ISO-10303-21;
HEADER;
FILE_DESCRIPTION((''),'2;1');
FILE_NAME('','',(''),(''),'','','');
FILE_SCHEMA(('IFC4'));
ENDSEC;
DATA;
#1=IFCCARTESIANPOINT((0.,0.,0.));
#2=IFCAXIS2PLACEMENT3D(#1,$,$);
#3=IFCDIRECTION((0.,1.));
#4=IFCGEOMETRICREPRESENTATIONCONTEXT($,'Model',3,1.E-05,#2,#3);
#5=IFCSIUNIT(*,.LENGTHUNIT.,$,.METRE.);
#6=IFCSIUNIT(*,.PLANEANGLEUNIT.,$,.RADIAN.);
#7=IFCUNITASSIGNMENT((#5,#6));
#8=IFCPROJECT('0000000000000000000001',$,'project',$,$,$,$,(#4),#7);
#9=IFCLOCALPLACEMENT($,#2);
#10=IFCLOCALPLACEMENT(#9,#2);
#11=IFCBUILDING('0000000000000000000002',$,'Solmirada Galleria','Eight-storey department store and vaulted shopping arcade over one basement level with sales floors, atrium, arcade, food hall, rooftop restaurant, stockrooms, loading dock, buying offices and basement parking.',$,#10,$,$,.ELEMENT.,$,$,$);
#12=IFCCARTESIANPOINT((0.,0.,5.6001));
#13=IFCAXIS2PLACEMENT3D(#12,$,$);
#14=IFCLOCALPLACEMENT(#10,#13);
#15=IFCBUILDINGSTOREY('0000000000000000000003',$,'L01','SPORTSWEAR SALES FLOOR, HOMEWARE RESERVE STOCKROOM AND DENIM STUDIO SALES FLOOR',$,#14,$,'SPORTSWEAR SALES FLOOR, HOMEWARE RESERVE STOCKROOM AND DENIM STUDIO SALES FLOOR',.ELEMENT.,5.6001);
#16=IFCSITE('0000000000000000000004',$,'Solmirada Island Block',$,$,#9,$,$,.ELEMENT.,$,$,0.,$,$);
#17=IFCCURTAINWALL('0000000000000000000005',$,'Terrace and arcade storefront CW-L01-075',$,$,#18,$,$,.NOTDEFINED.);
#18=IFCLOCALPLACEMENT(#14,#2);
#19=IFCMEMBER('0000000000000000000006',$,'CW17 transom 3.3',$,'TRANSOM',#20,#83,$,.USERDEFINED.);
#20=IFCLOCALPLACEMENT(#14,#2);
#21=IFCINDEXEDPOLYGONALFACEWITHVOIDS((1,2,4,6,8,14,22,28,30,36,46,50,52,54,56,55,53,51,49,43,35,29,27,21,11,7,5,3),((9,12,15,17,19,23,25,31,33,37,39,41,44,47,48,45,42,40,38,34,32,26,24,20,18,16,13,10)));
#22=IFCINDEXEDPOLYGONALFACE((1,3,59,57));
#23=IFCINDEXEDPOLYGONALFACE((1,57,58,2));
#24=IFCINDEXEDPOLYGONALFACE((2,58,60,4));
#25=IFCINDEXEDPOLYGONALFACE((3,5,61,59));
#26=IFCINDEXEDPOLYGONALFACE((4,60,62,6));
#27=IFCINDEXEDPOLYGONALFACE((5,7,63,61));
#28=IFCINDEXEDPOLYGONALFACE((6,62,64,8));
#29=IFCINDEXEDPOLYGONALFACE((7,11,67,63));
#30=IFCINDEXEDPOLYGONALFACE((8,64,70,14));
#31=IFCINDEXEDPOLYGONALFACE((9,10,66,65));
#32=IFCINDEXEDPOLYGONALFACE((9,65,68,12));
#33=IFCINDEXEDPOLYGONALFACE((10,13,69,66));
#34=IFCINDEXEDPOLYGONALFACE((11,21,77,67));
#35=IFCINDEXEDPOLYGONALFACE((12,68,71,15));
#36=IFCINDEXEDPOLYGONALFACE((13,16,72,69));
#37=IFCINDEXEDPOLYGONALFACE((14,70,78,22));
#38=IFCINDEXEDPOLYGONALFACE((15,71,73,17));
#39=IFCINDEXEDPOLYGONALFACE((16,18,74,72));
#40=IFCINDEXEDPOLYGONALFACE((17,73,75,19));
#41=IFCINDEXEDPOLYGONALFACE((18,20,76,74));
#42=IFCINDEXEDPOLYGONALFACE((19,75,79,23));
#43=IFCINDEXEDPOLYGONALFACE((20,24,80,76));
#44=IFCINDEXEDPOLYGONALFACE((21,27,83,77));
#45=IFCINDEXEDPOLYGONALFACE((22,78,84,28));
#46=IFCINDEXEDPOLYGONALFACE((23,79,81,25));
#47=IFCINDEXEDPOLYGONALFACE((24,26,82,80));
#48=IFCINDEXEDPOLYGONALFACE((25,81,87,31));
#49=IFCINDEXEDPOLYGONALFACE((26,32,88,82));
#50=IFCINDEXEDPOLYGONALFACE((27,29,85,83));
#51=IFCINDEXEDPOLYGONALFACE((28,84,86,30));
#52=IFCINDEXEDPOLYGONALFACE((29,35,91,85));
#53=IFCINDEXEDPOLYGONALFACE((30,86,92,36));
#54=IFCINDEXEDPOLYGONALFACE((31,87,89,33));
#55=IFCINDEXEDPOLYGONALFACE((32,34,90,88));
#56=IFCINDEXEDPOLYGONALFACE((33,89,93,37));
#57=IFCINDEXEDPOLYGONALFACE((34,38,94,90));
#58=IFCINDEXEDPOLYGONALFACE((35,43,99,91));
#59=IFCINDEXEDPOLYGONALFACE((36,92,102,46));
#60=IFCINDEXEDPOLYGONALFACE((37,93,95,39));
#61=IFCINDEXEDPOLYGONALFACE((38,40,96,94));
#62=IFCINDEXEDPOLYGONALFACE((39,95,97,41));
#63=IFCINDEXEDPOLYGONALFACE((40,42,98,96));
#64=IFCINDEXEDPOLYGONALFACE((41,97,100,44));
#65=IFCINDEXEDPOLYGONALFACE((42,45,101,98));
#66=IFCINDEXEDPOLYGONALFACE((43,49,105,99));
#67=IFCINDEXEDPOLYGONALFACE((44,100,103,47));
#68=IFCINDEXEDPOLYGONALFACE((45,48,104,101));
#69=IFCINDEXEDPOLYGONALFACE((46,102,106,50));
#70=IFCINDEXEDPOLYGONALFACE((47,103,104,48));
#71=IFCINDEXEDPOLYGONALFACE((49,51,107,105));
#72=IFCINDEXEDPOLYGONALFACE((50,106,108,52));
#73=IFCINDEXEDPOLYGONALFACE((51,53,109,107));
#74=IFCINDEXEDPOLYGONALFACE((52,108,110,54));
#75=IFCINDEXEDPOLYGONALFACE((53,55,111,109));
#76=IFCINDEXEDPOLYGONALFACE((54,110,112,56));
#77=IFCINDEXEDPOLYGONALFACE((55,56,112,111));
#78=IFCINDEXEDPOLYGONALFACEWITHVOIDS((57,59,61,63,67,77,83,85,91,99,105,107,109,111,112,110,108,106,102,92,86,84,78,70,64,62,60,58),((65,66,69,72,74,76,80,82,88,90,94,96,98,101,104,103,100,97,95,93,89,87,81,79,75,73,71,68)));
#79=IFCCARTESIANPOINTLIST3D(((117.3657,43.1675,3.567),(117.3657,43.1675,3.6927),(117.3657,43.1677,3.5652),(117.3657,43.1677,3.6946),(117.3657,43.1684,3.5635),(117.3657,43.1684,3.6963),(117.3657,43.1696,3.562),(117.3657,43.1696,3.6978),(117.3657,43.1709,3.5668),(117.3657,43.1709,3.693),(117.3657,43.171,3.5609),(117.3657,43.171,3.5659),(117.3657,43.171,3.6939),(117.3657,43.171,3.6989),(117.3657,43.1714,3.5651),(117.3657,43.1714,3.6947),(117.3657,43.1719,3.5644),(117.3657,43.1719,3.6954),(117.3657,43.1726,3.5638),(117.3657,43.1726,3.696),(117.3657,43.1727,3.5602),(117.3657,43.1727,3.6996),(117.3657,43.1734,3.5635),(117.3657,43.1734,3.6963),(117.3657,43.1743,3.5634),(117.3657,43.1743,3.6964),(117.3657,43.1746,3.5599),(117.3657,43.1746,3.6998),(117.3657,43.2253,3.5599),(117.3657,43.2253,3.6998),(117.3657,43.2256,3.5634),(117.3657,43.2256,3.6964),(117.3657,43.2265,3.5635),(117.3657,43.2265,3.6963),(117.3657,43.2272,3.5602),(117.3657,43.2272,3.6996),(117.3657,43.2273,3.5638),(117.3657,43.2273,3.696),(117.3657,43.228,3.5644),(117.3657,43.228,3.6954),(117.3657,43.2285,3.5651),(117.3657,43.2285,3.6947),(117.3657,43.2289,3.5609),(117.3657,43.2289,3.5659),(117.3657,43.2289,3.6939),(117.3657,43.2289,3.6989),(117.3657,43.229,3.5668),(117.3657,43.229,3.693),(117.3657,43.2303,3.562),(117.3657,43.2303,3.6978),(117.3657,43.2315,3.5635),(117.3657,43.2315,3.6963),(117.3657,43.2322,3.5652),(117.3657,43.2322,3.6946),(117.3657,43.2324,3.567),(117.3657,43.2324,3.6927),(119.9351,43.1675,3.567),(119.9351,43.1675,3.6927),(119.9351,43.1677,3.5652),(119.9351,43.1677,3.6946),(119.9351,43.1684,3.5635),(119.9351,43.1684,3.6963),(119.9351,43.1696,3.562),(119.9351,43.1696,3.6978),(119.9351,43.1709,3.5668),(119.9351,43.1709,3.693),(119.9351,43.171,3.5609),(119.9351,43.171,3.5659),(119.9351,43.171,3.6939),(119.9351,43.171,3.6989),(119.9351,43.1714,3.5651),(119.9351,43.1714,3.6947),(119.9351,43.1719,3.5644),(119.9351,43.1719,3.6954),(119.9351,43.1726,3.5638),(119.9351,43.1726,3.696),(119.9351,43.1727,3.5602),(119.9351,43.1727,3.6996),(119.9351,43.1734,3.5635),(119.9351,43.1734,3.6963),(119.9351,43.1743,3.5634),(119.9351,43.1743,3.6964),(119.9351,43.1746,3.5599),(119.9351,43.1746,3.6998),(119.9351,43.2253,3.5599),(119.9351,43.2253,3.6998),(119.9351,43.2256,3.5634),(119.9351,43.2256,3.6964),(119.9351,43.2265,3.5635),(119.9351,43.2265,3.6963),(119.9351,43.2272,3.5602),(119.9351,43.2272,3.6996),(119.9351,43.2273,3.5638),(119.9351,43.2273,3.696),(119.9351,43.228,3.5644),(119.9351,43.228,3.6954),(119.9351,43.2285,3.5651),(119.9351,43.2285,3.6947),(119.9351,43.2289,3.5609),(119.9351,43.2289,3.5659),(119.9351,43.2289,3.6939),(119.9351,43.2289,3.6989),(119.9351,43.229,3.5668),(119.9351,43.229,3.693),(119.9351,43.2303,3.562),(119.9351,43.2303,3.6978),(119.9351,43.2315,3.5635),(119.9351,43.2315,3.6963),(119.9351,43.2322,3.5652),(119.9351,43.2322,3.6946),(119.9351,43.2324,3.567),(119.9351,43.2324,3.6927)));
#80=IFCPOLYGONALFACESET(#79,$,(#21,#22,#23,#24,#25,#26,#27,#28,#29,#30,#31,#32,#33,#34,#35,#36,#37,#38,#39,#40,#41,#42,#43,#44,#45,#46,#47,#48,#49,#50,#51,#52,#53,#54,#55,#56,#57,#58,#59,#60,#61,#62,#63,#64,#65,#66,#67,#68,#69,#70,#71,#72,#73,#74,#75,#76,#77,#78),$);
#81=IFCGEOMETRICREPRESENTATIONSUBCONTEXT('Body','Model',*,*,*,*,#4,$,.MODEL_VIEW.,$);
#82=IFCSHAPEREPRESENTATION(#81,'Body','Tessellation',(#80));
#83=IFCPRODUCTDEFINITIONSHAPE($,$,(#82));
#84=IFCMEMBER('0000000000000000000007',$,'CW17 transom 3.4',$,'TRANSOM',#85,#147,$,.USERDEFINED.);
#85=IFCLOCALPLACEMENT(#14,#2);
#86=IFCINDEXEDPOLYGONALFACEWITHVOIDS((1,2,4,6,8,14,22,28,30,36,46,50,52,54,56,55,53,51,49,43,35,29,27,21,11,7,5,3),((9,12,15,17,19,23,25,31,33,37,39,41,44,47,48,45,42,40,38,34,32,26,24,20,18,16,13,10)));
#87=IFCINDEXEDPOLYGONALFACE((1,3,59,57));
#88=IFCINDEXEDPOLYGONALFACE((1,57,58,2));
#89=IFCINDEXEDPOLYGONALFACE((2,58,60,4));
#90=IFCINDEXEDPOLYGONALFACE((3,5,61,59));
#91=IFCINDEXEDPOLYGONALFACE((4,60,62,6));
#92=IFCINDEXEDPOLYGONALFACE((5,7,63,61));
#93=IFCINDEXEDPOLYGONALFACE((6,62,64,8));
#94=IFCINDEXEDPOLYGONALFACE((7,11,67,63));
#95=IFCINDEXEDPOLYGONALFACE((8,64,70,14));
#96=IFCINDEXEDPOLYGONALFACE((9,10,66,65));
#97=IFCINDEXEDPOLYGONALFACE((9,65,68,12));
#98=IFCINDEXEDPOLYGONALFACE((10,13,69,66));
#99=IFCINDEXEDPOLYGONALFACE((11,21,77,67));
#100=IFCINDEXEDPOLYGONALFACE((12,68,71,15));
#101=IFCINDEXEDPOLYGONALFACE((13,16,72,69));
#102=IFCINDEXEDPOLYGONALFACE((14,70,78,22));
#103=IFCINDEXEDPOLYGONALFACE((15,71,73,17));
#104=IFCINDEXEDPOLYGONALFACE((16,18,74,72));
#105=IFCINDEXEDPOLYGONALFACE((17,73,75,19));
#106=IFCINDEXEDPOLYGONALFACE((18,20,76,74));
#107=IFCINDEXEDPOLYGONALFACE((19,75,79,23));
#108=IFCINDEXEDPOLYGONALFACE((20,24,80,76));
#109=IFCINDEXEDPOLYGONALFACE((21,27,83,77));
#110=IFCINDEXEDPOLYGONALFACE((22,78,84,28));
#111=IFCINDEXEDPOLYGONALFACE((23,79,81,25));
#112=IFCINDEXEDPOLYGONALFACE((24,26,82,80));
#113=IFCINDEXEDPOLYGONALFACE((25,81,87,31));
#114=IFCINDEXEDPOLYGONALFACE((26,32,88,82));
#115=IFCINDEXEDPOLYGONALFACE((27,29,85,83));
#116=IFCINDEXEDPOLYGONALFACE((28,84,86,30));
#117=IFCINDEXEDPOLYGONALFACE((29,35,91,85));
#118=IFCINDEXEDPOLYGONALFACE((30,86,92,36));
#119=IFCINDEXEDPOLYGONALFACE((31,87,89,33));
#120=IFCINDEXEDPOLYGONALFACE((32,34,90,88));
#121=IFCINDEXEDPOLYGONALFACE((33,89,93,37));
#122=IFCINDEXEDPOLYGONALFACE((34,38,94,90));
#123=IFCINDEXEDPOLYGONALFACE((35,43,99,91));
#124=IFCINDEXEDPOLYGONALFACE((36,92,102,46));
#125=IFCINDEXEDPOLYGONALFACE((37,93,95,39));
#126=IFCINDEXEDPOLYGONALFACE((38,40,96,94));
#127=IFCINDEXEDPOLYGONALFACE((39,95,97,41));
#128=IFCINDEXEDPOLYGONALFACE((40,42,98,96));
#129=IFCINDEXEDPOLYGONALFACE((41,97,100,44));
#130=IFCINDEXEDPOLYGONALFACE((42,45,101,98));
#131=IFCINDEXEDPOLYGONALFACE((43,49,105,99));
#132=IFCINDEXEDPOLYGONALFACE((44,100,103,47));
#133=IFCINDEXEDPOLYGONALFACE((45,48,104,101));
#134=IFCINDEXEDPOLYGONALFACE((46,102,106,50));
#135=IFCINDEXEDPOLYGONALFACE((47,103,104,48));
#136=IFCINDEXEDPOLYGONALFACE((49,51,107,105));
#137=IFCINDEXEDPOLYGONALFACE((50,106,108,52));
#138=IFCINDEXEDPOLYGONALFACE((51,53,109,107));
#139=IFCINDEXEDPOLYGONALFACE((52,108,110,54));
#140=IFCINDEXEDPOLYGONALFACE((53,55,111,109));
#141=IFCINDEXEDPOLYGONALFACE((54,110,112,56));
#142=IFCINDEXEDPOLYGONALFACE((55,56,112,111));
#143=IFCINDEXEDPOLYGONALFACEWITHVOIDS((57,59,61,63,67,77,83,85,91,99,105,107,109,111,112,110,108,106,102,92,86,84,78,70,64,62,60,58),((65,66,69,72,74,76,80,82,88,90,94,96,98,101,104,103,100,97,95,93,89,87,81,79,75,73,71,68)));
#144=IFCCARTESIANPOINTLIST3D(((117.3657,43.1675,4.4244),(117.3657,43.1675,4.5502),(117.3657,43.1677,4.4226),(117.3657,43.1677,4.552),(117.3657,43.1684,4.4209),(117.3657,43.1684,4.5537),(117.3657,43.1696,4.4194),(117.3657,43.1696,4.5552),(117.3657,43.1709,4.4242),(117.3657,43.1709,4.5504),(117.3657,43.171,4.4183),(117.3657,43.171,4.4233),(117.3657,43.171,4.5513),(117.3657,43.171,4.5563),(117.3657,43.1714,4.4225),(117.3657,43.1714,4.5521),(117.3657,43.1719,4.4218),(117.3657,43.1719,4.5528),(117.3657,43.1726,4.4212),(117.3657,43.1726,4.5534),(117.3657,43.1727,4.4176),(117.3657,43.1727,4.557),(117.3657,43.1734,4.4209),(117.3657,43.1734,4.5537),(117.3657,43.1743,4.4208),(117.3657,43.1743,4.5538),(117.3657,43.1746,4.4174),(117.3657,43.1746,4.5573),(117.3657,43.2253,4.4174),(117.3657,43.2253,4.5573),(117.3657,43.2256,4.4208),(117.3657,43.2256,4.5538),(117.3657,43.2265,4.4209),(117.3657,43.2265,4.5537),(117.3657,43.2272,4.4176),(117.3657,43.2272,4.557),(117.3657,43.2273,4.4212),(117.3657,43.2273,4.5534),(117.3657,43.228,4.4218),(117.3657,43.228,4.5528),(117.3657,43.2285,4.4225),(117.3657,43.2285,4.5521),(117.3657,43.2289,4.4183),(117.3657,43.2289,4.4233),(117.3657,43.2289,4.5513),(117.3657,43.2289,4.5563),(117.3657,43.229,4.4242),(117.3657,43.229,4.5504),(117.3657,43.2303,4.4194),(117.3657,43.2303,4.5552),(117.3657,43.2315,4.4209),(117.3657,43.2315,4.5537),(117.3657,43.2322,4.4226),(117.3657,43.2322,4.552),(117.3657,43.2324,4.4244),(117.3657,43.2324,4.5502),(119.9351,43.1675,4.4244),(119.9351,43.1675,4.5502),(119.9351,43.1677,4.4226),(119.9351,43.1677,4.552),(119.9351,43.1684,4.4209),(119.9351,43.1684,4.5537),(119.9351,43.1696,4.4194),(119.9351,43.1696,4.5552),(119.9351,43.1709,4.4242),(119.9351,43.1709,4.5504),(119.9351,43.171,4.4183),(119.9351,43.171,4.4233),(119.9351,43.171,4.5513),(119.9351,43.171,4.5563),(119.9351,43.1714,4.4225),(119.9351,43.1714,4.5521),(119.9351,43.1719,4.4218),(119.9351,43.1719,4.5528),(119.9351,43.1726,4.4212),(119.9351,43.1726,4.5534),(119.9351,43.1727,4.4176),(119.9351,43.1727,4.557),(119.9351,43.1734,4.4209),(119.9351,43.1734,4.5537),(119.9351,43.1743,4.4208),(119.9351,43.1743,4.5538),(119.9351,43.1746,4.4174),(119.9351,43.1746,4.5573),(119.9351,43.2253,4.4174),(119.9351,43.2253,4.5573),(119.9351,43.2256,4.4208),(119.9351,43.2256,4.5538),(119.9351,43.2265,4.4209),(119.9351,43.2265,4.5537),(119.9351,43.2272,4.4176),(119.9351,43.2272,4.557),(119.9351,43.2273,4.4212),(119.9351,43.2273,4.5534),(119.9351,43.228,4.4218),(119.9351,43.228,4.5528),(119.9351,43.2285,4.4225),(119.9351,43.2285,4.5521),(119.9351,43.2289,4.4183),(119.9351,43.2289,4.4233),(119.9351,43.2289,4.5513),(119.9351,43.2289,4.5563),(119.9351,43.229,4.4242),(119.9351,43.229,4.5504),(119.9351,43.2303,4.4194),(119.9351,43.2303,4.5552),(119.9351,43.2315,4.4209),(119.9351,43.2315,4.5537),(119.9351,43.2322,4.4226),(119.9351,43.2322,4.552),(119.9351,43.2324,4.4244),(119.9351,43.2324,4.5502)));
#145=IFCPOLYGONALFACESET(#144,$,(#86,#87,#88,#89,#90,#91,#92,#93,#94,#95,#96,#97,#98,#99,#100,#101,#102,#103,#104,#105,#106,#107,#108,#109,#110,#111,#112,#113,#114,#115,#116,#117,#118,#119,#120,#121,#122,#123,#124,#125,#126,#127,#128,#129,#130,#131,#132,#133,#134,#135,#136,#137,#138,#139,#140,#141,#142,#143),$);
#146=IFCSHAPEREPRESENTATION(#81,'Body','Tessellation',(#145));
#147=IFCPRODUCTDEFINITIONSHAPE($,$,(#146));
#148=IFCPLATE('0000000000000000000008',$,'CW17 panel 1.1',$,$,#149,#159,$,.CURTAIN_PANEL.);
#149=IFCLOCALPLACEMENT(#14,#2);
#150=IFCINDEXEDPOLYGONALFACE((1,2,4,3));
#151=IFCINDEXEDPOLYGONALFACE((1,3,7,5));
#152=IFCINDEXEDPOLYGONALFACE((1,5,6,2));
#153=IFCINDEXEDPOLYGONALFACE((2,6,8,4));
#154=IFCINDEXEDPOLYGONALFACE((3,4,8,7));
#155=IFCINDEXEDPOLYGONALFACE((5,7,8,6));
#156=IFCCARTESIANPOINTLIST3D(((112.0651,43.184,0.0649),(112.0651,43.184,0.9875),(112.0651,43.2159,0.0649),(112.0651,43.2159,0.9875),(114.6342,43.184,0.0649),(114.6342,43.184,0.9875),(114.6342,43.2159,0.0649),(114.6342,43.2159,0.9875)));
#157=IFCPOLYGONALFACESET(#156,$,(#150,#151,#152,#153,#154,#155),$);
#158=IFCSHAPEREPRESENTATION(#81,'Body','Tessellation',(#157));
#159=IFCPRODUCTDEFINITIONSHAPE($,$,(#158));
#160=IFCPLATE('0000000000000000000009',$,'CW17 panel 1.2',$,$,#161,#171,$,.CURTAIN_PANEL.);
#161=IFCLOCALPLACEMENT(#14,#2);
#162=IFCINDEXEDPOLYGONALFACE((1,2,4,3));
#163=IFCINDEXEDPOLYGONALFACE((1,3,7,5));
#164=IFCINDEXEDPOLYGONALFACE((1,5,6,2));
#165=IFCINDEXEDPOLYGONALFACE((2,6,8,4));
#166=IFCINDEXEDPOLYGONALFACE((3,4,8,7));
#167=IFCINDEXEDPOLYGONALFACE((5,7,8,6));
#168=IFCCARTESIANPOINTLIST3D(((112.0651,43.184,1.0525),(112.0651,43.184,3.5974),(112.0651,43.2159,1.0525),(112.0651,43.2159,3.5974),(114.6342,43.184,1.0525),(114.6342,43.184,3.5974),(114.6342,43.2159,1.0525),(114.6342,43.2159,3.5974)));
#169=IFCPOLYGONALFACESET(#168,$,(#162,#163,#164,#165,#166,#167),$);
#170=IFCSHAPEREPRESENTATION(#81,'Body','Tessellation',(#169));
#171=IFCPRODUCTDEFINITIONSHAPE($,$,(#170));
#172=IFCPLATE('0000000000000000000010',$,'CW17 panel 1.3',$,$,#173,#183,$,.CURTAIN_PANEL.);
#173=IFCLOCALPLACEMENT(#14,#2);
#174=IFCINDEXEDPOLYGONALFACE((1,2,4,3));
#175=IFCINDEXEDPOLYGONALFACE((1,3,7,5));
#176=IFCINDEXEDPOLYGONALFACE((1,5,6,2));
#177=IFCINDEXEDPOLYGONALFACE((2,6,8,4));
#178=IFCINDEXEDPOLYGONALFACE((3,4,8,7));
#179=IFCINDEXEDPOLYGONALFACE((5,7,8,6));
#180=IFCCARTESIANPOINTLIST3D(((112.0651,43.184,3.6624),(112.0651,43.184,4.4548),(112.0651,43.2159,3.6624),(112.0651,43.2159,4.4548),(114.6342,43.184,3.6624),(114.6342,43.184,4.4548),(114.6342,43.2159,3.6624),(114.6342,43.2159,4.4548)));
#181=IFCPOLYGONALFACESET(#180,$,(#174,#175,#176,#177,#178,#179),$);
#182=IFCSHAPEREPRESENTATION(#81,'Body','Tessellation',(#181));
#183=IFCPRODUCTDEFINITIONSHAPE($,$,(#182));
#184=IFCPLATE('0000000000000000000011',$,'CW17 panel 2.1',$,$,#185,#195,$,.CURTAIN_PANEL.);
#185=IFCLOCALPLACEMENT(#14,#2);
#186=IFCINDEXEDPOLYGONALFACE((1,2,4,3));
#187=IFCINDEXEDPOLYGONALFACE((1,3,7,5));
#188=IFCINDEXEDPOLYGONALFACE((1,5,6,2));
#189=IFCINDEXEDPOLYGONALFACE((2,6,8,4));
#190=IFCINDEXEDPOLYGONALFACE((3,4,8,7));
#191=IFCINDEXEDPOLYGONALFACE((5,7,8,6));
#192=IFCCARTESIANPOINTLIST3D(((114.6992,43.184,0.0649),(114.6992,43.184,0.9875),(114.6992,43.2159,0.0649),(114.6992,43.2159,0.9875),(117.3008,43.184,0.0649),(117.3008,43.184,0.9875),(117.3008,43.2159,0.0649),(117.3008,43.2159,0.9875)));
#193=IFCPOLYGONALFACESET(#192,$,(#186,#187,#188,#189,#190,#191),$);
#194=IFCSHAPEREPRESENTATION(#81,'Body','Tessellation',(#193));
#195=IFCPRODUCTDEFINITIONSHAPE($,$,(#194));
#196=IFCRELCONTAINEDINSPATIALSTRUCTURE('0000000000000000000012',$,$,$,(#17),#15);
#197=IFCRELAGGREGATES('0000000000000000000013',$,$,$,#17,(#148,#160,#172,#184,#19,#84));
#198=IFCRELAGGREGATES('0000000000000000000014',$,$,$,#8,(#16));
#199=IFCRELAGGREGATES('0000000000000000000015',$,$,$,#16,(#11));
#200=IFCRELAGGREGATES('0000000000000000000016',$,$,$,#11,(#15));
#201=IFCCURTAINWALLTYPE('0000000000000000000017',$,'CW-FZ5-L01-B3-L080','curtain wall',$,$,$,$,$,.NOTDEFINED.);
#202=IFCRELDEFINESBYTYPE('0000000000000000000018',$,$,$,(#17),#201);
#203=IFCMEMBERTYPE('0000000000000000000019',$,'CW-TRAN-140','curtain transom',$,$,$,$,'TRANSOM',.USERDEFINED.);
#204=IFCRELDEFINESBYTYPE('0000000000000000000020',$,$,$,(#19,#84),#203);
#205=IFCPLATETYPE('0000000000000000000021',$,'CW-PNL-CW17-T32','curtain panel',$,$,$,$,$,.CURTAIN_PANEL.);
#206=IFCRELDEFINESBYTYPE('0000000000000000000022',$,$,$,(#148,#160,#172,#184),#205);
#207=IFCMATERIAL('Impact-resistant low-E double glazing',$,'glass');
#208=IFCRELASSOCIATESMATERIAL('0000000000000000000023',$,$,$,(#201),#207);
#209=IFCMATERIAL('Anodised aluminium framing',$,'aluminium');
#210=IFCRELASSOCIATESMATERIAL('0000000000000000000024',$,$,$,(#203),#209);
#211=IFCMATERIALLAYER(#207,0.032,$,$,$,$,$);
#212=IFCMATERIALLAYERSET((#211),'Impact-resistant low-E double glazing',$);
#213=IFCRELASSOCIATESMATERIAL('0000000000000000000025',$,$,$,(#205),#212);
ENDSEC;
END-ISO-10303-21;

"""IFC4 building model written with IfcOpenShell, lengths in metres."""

from ifc_helpers import new_model, si_unit, direction, frame, origin, origin_2d, place, context, subcontext, project, spatial, rectangle, hollow_rectangle, extrude, material, layer, layer_set, material_profile, profile_set, type_object, element, aggregate, save


model = new_model("IFC4")

# Units and contexts
model_context = context("Model", 3, precision=1e-05, world=origin(), true_north=direction((0.0, 1.0)))
body_context = subcontext(model_context, "Body", "Model", "MODEL_VIEW")
ifc_project = project(units=[si_unit("LENGTHUNIT", "METRE"), si_unit("PLANEANGLEUNIT", "RADIAN")], contexts=[model_context])

# Site, building, storey
site_placement = place(None, origin())
site = spatial("IfcSite", under=ifc_project, at=site_placement, Name="Solmirada Island Block", CompositionType="ELEMENT", RefElevation=0.0)
building_placement = place(site_placement, origin())
building = spatial("IfcBuilding", under=site, at=building_placement, Name="Solmirada Galleria", Description="Eight-storey department store and vaulted shopping arcade over one basement level with sales floors, atrium, arcade, food hall, rooftop restaurant, stockrooms, loading dock, buying offices and basement parking.", CompositionType="ELEMENT")
storey_placement = place(building_placement, frame((0.0, 0.0, 5.6001)))
storey = spatial("IfcBuildingStorey", under=building, at=storey_placement, Name="L01", Description="SPORTSWEAR SALES FLOOR, HOMEWARE RESERVE STOCKROOM AND DENIM STUDIO SALES FLOOR", LongName="SPORTSWEAR SALES FLOOR, HOMEWARE RESERVE STOCKROOM AND DENIM STUDIO SALES FLOOR", CompositionType="ELEMENT", Elevation=5.6001)

# Curtain wall, members, plates
ifc_material_1 = material(Name="Impact-resistant low-E double glazing", Category="glass")
curtain_wall_type = type_object("IfcCurtainWallType", Name="CW-FZ5-L01-B3-L080", Description="curtain wall", PredefinedType="NOTDEFINED", material=ifc_material_1)
curtain_wall_placement = place(storey_placement, origin())
curtain_wall = element("IfcCurtainWall", 1, at=curtain_wall_placement, inside=storey, type_object=curtain_wall_type, Name="Terrace and arcade storefront CW-L01-075", PredefinedType="NOTDEFINED")
ifc_material_2 = material(Name="Anodised aluminium framing", Category="aluminium")
ifc_material_profile_1 = material_profile(ifc_material_2, hollow_rectangle(XDim=0.0649, YDim=0.1399, WallThickness=0.0034, InnerFilletRadius=0.0034, OuterFilletRadius=0.0071, at=origin_2d()), Name="ALU-TRAN-140X65")
ifc_profile_set_1 = profile_set([ifc_material_profile_1], Name="Anodised aluminium framing")
member_type_1 = type_object("IfcMemberType", Name="CW-TRAN-140", Description="curtain transom", ElementType="TRANSOM", PredefinedType="USERDEFINED", material=ifc_profile_set_1)
member_1_placement = place(storey_placement, frame((117.3657, 43.2, 3.6299), z_axis=(1.0, 0.0, 0.0), x_axis=(0.0, 1.0, 0.0)))
member_1 = element("IfcMember", 2, at=member_1_placement, type_object=member_type_1, Name="CW17 transom 3.3", ObjectType="TRANSOM", PredefinedType="USERDEFINED", context=body_context, shape_type="SweptSolid", body=[
    extrude(hollow_rectangle(XDim=0.0649, YDim=0.1399, WallThickness=0.0034, InnerFilletRadius=0.0034, OuterFilletRadius=0.0071, at=origin_2d()), origin(), (0.0, 0.0, 1.0), 2.5693),
])
member_2_placement = place(storey_placement, frame((117.3657, 43.2, 4.4873), z_axis=(1.0, 0.0, 0.0), x_axis=(0.0, 1.0, 0.0)))
member_2 = element("IfcMember", 3, at=member_2_placement, type_object=member_type_1, Name="CW17 transom 3.4", ObjectType="TRANSOM", PredefinedType="USERDEFINED", context=body_context, shape_type="SweptSolid", body=[
    extrude(hollow_rectangle(XDim=0.0649, YDim=0.1399, WallThickness=0.0034, InnerFilletRadius=0.0034, OuterFilletRadius=0.0071, at=origin_2d()), origin(), (0.0, 0.0, 1.0), 2.5693),
])
ifc_layer_1 = layer(ifc_material_1, 0.032)
ifc_layer_set_1 = layer_set([ifc_layer_1], Name="Impact-resistant low-E double glazing")
plate_type = type_object("IfcPlateType", Name="CW-PNL-CW17-T32", Description="curtain panel", PredefinedType="CURTAIN_PANEL", material=ifc_layer_set_1)
plate_1_placement = place(storey_placement, frame((113.3496, 43.2, 0.0649), z_axis=(0.0, 0.0, 1.0), x_axis=(1.0, 0.0, 0.0)))
plate_1 = element("IfcPlate", 4, at=plate_1_placement, type_object=plate_type, Name="CW17 panel 1.1", PredefinedType="CURTAIN_PANEL", context=body_context, shape_type="SweptSolid", body=[
    extrude(rectangle(XDim=2.5691, YDim=0.032, at=origin_2d()), origin(), (0.0, 0.0, 1.0), 0.9226),
])
plate_2_placement = place(storey_placement, frame((113.3496, 43.2, 1.0525), z_axis=(0.0, 0.0, 1.0), x_axis=(1.0, 0.0, 0.0)))
plate_2 = element("IfcPlate", 5, at=plate_2_placement, type_object=plate_type, Name="CW17 panel 1.2", PredefinedType="CURTAIN_PANEL", context=body_context, shape_type="SweptSolid", body=[
    extrude(rectangle(XDim=2.5691, YDim=0.032, at=origin_2d()), origin(), (0.0, 0.0, 1.0), 2.5449),
])
plate_3_placement = place(storey_placement, frame((113.3496, 43.2, 3.6624), z_axis=(0.0, 0.0, 1.0), x_axis=(1.0, 0.0, 0.0)))
plate_3 = element("IfcPlate", 6, at=plate_3_placement, type_object=plate_type, Name="CW17 panel 1.3", PredefinedType="CURTAIN_PANEL", context=body_context, shape_type="SweptSolid", body=[
    extrude(rectangle(XDim=2.5691, YDim=0.032, at=origin_2d()), origin(), (0.0, 0.0, 1.0), 0.7925),
])
plate_4_placement = place(storey_placement, frame((116.0, 43.2, 0.0649), z_axis=(0.0, 0.0, 1.0), x_axis=(1.0, 0.0, 0.0)))
plate_4 = element("IfcPlate", 7, at=plate_4_placement, type_object=plate_type, Name="CW17 panel 2.1", PredefinedType="CURTAIN_PANEL", context=body_context, shape_type="SweptSolid", body=[
    extrude(rectangle(XDim=2.6016, YDim=0.032, at=origin_2d()), origin(), (0.0, 0.0, 1.0), 0.9226),
])
aggregate(curtain_wall, [plate_1, plate_2, plate_3, plate_4, member_1, member_2])

save(model, "model.ifc")
